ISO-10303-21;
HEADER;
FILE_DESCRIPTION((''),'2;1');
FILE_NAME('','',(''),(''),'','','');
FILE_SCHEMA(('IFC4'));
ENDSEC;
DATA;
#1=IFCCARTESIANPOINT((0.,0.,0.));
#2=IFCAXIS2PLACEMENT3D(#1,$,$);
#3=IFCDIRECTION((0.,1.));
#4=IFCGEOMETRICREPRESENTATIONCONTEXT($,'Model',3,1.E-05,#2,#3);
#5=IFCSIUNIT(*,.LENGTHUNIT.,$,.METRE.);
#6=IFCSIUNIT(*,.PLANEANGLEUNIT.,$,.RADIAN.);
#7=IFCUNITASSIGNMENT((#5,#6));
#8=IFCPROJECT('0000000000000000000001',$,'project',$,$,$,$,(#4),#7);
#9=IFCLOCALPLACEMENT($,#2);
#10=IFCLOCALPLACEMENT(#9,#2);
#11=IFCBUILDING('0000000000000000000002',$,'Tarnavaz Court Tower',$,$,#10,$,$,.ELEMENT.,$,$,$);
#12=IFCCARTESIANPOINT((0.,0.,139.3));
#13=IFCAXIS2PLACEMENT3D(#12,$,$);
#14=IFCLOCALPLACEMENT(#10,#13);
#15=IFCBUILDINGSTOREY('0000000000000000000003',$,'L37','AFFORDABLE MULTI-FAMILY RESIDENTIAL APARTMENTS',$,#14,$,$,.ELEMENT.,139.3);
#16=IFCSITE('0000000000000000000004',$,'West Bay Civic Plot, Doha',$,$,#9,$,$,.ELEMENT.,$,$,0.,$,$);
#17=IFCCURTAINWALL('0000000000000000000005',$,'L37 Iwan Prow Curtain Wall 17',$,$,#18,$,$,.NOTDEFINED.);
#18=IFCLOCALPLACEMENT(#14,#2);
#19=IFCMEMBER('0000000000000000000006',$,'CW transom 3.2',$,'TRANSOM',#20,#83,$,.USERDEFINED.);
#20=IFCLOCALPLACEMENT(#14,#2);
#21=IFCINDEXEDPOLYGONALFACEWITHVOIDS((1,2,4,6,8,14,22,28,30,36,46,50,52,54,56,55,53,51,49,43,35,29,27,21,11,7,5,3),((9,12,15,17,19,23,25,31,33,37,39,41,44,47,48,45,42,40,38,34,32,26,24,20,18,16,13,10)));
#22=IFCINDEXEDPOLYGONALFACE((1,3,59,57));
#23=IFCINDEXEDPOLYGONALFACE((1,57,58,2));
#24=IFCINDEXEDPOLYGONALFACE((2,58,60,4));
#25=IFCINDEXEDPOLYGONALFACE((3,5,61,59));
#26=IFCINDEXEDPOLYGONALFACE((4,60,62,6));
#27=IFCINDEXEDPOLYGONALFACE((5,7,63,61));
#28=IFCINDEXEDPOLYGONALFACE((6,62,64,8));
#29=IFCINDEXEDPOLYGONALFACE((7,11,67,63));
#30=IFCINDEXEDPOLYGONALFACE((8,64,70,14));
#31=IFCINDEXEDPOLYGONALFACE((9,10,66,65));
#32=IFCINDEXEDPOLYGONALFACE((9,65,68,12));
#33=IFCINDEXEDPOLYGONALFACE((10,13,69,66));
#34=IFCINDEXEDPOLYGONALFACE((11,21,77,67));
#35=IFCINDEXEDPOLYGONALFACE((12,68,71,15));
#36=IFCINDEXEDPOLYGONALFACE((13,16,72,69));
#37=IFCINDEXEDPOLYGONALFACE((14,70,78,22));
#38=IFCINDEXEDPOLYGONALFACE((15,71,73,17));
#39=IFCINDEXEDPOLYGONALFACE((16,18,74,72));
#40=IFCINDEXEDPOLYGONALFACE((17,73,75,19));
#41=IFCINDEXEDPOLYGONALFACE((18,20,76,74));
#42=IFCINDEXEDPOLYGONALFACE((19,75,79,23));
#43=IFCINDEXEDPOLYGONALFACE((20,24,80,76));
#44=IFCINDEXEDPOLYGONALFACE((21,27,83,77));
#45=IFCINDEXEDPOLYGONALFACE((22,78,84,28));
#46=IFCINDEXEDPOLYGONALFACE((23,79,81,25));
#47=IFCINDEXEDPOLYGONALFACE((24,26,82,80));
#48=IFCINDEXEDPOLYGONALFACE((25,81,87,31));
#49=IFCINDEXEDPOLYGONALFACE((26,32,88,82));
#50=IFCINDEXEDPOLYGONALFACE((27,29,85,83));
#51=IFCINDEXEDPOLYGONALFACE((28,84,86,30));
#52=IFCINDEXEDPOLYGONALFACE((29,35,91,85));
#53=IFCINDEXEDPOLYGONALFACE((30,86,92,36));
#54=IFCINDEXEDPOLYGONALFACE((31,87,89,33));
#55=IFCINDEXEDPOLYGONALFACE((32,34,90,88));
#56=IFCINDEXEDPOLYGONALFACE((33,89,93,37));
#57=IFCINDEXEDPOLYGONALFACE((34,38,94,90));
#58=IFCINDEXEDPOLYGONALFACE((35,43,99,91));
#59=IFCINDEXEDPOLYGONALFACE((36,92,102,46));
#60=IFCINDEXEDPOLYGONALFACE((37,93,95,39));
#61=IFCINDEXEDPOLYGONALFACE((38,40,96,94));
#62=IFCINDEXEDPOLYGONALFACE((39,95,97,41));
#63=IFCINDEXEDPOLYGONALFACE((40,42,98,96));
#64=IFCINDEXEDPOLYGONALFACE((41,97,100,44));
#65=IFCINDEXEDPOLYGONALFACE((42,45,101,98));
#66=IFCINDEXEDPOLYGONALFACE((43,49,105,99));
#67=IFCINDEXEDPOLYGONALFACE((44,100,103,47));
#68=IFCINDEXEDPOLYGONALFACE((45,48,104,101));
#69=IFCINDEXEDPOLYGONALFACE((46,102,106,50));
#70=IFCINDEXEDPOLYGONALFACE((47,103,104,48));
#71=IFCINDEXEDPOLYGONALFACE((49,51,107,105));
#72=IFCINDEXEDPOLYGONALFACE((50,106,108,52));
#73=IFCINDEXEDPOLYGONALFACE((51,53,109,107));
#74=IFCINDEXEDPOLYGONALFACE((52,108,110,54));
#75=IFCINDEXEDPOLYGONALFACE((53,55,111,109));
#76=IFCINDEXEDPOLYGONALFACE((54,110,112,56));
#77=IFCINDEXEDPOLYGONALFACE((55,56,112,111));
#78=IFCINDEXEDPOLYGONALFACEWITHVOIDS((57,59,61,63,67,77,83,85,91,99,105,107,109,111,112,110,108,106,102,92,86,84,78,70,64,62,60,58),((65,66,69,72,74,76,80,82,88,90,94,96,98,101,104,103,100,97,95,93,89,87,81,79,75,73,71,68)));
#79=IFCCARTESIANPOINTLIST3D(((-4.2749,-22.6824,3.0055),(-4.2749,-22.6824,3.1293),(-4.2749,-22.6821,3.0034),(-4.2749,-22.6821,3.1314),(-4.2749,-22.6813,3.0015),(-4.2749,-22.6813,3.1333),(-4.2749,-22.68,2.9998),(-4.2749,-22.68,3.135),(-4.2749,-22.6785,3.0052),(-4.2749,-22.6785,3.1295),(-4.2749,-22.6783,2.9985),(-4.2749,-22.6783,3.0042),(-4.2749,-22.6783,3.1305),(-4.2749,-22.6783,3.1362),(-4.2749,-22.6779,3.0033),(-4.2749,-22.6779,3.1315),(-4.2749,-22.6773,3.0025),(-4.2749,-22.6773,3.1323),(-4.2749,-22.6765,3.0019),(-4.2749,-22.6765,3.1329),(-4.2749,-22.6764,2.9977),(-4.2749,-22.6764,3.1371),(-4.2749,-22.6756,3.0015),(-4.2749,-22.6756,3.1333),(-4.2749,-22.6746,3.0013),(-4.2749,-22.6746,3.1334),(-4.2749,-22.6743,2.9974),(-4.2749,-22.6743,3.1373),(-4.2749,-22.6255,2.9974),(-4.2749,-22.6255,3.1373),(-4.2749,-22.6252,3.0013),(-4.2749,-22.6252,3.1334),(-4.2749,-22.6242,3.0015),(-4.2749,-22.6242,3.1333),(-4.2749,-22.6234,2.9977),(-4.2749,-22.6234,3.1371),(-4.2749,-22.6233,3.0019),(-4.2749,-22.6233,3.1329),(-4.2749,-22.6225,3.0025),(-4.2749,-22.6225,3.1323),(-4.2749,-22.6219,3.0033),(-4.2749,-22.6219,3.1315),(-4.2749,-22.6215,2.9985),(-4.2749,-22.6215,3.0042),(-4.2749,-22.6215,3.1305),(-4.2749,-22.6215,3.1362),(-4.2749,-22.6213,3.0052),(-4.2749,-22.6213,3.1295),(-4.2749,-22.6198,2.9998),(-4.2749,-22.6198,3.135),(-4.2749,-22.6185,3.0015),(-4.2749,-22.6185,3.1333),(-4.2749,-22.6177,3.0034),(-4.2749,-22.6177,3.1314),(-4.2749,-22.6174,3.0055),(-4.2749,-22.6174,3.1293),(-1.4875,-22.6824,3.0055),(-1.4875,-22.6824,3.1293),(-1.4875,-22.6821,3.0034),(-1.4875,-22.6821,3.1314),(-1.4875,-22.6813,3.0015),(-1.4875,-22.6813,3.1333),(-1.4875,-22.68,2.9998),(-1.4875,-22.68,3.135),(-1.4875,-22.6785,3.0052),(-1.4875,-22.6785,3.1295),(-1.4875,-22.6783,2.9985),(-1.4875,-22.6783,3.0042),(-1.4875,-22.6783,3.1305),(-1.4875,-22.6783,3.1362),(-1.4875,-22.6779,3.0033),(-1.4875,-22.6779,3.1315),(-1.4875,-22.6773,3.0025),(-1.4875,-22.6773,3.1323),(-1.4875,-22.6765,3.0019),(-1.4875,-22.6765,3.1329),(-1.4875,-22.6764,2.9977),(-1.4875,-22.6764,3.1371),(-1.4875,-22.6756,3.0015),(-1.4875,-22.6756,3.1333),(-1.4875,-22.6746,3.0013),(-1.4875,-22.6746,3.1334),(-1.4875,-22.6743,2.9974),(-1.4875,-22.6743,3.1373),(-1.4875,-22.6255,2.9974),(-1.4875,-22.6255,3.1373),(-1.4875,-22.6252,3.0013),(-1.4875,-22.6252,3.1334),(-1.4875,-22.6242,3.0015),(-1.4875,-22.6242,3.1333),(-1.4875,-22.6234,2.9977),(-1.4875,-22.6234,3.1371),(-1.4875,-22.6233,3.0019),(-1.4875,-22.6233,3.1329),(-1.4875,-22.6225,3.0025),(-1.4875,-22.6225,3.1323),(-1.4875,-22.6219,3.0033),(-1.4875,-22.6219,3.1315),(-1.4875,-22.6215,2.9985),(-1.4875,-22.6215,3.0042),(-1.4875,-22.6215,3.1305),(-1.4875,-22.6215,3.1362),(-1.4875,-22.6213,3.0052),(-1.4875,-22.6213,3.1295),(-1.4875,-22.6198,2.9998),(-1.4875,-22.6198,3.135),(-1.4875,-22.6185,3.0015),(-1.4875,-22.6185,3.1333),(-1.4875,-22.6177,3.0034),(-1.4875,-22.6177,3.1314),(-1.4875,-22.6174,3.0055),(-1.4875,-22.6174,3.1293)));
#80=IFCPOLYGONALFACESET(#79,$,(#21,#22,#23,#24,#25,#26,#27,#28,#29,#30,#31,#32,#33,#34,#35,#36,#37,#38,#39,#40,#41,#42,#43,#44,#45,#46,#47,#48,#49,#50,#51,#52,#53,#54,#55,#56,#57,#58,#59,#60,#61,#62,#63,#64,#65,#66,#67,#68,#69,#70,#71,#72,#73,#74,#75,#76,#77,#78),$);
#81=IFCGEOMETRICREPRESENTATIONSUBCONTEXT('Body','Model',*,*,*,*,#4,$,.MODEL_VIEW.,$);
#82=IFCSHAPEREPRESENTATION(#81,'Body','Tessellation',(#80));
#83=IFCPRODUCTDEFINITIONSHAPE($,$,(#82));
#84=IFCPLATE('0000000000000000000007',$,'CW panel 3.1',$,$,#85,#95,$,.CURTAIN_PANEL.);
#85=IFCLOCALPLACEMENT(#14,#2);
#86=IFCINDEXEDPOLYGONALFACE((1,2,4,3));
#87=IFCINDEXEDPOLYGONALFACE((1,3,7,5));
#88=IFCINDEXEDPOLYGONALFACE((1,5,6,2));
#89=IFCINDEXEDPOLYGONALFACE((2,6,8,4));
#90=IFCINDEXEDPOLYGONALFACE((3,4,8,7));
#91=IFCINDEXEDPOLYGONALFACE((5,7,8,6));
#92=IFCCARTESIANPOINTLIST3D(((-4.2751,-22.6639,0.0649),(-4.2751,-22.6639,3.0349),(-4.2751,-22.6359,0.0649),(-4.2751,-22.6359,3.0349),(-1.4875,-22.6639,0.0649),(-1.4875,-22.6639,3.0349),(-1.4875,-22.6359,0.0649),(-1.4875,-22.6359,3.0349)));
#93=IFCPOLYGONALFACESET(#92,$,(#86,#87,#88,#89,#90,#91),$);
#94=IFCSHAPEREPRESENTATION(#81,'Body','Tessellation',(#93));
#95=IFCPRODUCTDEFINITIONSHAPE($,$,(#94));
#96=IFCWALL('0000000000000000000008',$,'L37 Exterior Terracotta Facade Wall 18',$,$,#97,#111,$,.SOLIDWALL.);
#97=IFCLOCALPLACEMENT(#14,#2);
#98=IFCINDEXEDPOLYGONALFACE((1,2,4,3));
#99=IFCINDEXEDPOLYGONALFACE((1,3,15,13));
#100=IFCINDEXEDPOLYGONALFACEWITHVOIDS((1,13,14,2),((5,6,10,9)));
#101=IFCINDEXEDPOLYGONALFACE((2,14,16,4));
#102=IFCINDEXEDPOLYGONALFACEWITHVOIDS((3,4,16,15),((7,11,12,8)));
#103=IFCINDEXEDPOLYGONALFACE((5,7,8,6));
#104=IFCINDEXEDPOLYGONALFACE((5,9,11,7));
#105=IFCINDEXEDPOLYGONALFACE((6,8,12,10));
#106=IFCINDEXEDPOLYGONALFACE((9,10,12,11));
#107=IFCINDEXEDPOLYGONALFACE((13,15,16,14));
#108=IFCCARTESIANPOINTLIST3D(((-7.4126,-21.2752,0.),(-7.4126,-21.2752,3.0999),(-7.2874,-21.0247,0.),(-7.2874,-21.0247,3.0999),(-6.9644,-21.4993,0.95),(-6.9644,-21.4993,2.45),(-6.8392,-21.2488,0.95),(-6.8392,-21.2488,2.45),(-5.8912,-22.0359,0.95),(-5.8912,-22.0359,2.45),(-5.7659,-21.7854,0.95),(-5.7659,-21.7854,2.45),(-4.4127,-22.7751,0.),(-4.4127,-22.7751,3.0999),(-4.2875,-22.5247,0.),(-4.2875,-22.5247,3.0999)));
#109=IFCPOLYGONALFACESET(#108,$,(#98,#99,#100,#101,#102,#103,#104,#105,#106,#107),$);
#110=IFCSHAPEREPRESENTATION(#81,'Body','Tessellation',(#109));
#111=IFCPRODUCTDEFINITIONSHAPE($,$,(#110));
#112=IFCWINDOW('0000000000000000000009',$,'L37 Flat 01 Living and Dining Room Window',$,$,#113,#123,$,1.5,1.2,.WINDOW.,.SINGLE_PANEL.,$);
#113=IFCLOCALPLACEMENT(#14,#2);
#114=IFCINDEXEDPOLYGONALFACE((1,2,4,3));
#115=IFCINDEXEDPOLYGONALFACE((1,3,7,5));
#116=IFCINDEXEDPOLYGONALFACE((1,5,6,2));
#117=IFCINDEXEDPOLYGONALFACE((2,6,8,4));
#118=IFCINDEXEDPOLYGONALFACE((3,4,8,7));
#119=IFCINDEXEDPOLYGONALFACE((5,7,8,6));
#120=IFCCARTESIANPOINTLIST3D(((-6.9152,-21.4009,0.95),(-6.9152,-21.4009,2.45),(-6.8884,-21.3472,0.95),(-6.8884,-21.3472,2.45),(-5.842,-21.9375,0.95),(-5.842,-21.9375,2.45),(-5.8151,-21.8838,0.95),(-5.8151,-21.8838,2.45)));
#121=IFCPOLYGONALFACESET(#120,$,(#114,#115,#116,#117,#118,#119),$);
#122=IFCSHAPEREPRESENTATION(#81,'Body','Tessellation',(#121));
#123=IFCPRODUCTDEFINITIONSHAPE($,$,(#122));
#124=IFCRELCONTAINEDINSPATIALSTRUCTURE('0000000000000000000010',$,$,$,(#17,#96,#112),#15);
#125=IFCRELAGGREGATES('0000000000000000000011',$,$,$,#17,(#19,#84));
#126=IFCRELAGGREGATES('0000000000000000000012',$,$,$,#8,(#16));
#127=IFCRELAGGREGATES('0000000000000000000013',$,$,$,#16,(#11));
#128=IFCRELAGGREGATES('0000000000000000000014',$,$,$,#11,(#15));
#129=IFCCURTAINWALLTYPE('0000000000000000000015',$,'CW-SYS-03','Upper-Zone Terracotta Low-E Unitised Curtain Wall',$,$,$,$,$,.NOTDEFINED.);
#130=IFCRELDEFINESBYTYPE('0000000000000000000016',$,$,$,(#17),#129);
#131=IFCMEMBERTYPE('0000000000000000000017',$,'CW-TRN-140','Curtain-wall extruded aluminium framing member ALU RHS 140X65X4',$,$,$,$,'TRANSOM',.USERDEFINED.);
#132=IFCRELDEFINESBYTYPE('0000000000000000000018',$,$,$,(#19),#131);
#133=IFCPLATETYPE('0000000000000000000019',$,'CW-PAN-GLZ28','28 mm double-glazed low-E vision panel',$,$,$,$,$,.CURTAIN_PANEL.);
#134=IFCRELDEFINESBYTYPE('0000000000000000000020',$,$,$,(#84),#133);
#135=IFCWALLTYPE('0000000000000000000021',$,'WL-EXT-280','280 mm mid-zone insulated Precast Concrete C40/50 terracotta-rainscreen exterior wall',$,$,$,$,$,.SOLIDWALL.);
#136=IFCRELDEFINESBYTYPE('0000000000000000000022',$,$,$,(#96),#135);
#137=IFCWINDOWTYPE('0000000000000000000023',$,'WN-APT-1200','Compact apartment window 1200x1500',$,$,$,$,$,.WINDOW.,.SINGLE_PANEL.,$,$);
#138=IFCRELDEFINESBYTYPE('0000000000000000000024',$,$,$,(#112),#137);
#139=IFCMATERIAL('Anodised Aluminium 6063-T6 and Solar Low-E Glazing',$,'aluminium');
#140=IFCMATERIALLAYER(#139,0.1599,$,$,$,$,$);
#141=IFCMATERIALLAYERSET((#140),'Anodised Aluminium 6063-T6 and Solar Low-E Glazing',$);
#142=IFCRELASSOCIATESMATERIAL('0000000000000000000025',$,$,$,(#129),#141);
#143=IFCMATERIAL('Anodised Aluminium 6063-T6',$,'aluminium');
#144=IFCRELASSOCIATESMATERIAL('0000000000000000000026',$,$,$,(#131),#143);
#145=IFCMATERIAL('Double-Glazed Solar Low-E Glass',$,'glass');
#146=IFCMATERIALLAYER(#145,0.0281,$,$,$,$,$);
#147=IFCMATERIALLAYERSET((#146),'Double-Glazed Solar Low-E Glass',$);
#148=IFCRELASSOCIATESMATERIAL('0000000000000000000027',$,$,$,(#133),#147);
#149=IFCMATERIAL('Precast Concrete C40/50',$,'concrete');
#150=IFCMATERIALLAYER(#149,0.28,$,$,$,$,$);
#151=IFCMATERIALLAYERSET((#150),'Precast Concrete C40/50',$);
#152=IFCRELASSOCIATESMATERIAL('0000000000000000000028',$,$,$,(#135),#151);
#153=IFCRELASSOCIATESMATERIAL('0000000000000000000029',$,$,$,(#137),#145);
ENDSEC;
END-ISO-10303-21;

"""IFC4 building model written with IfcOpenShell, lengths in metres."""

from ifc_helpers import new_model, si_unit, direction, frame, frame_2d, origin, origin_2d, place, context, subcontext, project, spatial, rectangle, hollow_rectangle, extrude, material, layer, layer_set, material_profile, profile_set, type_object, element, fill, aggregate, save


model = new_model("IFC4")

# Units and contexts
model_context = context("Model", 3, precision=1e-05, world=origin(), true_north=direction((0.0, 1.0)))
body_context = subcontext(model_context, "Body", "Model", "MODEL_VIEW")
ifc_project = project(units=[si_unit("LENGTHUNIT", "METRE"), si_unit("PLANEANGLEUNIT", "RADIAN")], contexts=[model_context])

# Site, building, storey
site_placement = place(None, origin())
site = spatial("IfcSite", under=ifc_project, at=site_placement, Name="West Bay Civic Plot, Doha", CompositionType="ELEMENT", RefElevation=0.0)
building_placement = place(site_placement, origin())
building = spatial("IfcBuilding", under=site, at=building_placement, Name="Tarnavaz Court Tower", CompositionType="ELEMENT")
storey_placement = place(building_placement, frame((0.0, 0.0, 139.3)))
storey = spatial("IfcBuildingStorey", under=building, at=storey_placement, Name="L37", Description="AFFORDABLE MULTI-FAMILY RESIDENTIAL APARTMENTS", CompositionType="ELEMENT", Elevation=139.3)

# Curtain wall, member, plate
ifc_material_1 = material(Name="Anodised Aluminium 6063-T6 and Solar Low-E Glazing", Category="aluminium")
ifc_layer_1 = layer(ifc_material_1, 0.1599)
ifc_layer_set_1 = layer_set([ifc_layer_1], Name="Anodised Aluminium 6063-T6 and Solar Low-E Glazing")
curtain_wall_type = type_object("IfcCurtainWallType", Name="CW-SYS-03", Description="Upper-Zone Terracotta Low-E Unitised Curtain Wall", PredefinedType="NOTDEFINED", material=ifc_layer_set_1)
curtain_wall_placement = place(storey_placement, origin())
curtain_wall = element("IfcCurtainWall", 1, at=curtain_wall_placement, inside=storey, type_object=curtain_wall_type, Name="L37 Iwan Prow Curtain Wall 17", PredefinedType="NOTDEFINED")
ifc_material_2 = material(Name="Anodised Aluminium 6063-T6", Category="aluminium")
ifc_material_profile_1 = material_profile(ifc_material_2, hollow_rectangle(XDim=0.0649, YDim=0.1399, WallThickness=0.0039, InnerFilletRadius=0.0039, OuterFilletRadius=0.0081, at=origin_2d()), Name="ALU RHS 140X65X4")
ifc_profile_set_1 = profile_set([ifc_material_profile_1], Name="Anodised Aluminium 6063-T6")
member_type_1 = type_object("IfcMemberType", Name="CW-TRN-140", Description="Curtain-wall extruded aluminium framing member ALU RHS 140X65X4", ElementType="TRANSOM", PredefinedType="USERDEFINED", material=ifc_profile_set_1)
member_1_placement = place(storey_placement, frame((-1.4875, -22.6499, 3.0674), z_axis=(-1.0, 0.0, 0.0), x_axis=(0.0, -1.0, 0.0)))
member_1 = element("IfcMember", 2, at=member_1_placement, type_object=member_type_1, Name="CW transom 3.2", ObjectType="TRANSOM", PredefinedType="USERDEFINED", context=body_context, shape_type="SweptSolid", body=[
    extrude(hollow_rectangle(XDim=0.0649, YDim=0.1399, WallThickness=0.0039, InnerFilletRadius=0.0039, OuterFilletRadius=0.0081, at=origin_2d()), origin(), (0.0, 0.0, 1.0), 2.7874),
])
ifc_material_3 = material(Name="Double-Glazed Solar Low-E Glass", Category="glass")
ifc_layer_2 = layer(ifc_material_3, 0.0281)
ifc_layer_set_2 = layer_set([ifc_layer_2], Name="Double-Glazed Solar Low-E Glass")
plate_type = type_object("IfcPlateType", Name="CW-PAN-GLZ28", Description="28 mm double-glazed low-E vision panel", PredefinedType="CURTAIN_PANEL", material=ifc_layer_set_2)
plate_placement = place(storey_placement, frame((-2.8813, -22.6499, 0.0649), z_axis=(0.0, 0.0, 1.0), x_axis=(-1.0, 0.0, 0.0)))
plate = element("IfcPlate", 3, at=plate_placement, type_object=plate_type, Name="CW panel 3.1", PredefinedType="CURTAIN_PANEL", context=body_context, shape_type="SweptSolid", body=[
    extrude(rectangle(XDim=2.7876, YDim=0.0281, at=origin_2d()), origin(), (0.0, 0.0, 1.0), 2.97),
])
aggregate(curtain_wall, [member_1, plate])

# Wall, opening, window
ifc_material_4 = material(Name="Precast Concrete C40/50", Category="concrete")
ifc_layer_3 = layer(ifc_material_4, 0.28)
ifc_layer_set_3 = layer_set([ifc_layer_3], Name="Precast Concrete C40/50")
wall_type_1 = type_object("IfcWallType", Name="WL-EXT-280", Description="280 mm mid-zone insulated Precast Concrete C40/50 terracotta-rainscreen exterior wall", PredefinedType="SOLIDWALL", material=ifc_layer_set_3)
wall_1_placement = place(storey_placement, frame((-4.3501, -22.6499, 0.0), z_axis=(0.0, 0.0, 1.0), x_axis=(-0.894427, 0.447214, 0.0)))
wall_1 = element("IfcWall", 4, at=wall_1_placement, inside=storey, type_object=wall_type_1, Name="L37 Exterior Terracotta Facade Wall 18", PredefinedType="SOLIDWALL", context=body_context, shape_type="SweptSolid", body=[
    extrude(rectangle(XDim=3.354, YDim=0.28, at=frame_2d((1.677, 0.0))), origin(), (0.0, 0.0, 1.0), 3.0999),
])
opening_1_placement = place(wall_1_placement, frame((1.6528, 0.0, 0.95)))
opening_1 = element("IfcOpeningElement", 5, at=opening_1_placement, cuts=wall_1, PredefinedType="OPENING", context=body_context, shape_type="SweptSolid", body=[
    extrude(rectangle(XDim=1.2, YDim=1.5, at=frame_2d((0.6001, 0.75))), frame((0.0, 0.1499, 0.0), z_axis=(0.0, -1.0, 0.0), x_axis=(1.0, 0.0, 0.0)), (0.0, 0.0, 1.0), 0.3),
])
window_type_1 = type_object("IfcWindowType", Name="WN-APT-1200", Description="Compact apartment window 1200x1500", PartitioningType="SINGLE_PANEL", PredefinedType="WINDOW", material=ifc_material_3)
window_1_placement = place(opening_1_placement, origin())
window_1 = element("IfcWindow", 6, at=window_1_placement, inside=storey, type_object=window_type_1, Name="L37 Flat 01 Living and Dining Room Window", OverallHeight=1.5, OverallWidth=1.2, PartitioningType="SINGLE_PANEL", PredefinedType="WINDOW", context=body_context, shape_type="SweptSolid", body=[
    extrude(rectangle(XDim=1.2, YDim=1.5, at=frame_2d((0.6001, 0.75))), frame((0.0, 0.03, 0.0), z_axis=(0.0, -1.0, 0.0), x_axis=(1.0, 0.0, 0.0)), (0.0, 0.0, 1.0), 0.0601),
])
fill(opening_1, window_1)

save(model, "model.ifc")
